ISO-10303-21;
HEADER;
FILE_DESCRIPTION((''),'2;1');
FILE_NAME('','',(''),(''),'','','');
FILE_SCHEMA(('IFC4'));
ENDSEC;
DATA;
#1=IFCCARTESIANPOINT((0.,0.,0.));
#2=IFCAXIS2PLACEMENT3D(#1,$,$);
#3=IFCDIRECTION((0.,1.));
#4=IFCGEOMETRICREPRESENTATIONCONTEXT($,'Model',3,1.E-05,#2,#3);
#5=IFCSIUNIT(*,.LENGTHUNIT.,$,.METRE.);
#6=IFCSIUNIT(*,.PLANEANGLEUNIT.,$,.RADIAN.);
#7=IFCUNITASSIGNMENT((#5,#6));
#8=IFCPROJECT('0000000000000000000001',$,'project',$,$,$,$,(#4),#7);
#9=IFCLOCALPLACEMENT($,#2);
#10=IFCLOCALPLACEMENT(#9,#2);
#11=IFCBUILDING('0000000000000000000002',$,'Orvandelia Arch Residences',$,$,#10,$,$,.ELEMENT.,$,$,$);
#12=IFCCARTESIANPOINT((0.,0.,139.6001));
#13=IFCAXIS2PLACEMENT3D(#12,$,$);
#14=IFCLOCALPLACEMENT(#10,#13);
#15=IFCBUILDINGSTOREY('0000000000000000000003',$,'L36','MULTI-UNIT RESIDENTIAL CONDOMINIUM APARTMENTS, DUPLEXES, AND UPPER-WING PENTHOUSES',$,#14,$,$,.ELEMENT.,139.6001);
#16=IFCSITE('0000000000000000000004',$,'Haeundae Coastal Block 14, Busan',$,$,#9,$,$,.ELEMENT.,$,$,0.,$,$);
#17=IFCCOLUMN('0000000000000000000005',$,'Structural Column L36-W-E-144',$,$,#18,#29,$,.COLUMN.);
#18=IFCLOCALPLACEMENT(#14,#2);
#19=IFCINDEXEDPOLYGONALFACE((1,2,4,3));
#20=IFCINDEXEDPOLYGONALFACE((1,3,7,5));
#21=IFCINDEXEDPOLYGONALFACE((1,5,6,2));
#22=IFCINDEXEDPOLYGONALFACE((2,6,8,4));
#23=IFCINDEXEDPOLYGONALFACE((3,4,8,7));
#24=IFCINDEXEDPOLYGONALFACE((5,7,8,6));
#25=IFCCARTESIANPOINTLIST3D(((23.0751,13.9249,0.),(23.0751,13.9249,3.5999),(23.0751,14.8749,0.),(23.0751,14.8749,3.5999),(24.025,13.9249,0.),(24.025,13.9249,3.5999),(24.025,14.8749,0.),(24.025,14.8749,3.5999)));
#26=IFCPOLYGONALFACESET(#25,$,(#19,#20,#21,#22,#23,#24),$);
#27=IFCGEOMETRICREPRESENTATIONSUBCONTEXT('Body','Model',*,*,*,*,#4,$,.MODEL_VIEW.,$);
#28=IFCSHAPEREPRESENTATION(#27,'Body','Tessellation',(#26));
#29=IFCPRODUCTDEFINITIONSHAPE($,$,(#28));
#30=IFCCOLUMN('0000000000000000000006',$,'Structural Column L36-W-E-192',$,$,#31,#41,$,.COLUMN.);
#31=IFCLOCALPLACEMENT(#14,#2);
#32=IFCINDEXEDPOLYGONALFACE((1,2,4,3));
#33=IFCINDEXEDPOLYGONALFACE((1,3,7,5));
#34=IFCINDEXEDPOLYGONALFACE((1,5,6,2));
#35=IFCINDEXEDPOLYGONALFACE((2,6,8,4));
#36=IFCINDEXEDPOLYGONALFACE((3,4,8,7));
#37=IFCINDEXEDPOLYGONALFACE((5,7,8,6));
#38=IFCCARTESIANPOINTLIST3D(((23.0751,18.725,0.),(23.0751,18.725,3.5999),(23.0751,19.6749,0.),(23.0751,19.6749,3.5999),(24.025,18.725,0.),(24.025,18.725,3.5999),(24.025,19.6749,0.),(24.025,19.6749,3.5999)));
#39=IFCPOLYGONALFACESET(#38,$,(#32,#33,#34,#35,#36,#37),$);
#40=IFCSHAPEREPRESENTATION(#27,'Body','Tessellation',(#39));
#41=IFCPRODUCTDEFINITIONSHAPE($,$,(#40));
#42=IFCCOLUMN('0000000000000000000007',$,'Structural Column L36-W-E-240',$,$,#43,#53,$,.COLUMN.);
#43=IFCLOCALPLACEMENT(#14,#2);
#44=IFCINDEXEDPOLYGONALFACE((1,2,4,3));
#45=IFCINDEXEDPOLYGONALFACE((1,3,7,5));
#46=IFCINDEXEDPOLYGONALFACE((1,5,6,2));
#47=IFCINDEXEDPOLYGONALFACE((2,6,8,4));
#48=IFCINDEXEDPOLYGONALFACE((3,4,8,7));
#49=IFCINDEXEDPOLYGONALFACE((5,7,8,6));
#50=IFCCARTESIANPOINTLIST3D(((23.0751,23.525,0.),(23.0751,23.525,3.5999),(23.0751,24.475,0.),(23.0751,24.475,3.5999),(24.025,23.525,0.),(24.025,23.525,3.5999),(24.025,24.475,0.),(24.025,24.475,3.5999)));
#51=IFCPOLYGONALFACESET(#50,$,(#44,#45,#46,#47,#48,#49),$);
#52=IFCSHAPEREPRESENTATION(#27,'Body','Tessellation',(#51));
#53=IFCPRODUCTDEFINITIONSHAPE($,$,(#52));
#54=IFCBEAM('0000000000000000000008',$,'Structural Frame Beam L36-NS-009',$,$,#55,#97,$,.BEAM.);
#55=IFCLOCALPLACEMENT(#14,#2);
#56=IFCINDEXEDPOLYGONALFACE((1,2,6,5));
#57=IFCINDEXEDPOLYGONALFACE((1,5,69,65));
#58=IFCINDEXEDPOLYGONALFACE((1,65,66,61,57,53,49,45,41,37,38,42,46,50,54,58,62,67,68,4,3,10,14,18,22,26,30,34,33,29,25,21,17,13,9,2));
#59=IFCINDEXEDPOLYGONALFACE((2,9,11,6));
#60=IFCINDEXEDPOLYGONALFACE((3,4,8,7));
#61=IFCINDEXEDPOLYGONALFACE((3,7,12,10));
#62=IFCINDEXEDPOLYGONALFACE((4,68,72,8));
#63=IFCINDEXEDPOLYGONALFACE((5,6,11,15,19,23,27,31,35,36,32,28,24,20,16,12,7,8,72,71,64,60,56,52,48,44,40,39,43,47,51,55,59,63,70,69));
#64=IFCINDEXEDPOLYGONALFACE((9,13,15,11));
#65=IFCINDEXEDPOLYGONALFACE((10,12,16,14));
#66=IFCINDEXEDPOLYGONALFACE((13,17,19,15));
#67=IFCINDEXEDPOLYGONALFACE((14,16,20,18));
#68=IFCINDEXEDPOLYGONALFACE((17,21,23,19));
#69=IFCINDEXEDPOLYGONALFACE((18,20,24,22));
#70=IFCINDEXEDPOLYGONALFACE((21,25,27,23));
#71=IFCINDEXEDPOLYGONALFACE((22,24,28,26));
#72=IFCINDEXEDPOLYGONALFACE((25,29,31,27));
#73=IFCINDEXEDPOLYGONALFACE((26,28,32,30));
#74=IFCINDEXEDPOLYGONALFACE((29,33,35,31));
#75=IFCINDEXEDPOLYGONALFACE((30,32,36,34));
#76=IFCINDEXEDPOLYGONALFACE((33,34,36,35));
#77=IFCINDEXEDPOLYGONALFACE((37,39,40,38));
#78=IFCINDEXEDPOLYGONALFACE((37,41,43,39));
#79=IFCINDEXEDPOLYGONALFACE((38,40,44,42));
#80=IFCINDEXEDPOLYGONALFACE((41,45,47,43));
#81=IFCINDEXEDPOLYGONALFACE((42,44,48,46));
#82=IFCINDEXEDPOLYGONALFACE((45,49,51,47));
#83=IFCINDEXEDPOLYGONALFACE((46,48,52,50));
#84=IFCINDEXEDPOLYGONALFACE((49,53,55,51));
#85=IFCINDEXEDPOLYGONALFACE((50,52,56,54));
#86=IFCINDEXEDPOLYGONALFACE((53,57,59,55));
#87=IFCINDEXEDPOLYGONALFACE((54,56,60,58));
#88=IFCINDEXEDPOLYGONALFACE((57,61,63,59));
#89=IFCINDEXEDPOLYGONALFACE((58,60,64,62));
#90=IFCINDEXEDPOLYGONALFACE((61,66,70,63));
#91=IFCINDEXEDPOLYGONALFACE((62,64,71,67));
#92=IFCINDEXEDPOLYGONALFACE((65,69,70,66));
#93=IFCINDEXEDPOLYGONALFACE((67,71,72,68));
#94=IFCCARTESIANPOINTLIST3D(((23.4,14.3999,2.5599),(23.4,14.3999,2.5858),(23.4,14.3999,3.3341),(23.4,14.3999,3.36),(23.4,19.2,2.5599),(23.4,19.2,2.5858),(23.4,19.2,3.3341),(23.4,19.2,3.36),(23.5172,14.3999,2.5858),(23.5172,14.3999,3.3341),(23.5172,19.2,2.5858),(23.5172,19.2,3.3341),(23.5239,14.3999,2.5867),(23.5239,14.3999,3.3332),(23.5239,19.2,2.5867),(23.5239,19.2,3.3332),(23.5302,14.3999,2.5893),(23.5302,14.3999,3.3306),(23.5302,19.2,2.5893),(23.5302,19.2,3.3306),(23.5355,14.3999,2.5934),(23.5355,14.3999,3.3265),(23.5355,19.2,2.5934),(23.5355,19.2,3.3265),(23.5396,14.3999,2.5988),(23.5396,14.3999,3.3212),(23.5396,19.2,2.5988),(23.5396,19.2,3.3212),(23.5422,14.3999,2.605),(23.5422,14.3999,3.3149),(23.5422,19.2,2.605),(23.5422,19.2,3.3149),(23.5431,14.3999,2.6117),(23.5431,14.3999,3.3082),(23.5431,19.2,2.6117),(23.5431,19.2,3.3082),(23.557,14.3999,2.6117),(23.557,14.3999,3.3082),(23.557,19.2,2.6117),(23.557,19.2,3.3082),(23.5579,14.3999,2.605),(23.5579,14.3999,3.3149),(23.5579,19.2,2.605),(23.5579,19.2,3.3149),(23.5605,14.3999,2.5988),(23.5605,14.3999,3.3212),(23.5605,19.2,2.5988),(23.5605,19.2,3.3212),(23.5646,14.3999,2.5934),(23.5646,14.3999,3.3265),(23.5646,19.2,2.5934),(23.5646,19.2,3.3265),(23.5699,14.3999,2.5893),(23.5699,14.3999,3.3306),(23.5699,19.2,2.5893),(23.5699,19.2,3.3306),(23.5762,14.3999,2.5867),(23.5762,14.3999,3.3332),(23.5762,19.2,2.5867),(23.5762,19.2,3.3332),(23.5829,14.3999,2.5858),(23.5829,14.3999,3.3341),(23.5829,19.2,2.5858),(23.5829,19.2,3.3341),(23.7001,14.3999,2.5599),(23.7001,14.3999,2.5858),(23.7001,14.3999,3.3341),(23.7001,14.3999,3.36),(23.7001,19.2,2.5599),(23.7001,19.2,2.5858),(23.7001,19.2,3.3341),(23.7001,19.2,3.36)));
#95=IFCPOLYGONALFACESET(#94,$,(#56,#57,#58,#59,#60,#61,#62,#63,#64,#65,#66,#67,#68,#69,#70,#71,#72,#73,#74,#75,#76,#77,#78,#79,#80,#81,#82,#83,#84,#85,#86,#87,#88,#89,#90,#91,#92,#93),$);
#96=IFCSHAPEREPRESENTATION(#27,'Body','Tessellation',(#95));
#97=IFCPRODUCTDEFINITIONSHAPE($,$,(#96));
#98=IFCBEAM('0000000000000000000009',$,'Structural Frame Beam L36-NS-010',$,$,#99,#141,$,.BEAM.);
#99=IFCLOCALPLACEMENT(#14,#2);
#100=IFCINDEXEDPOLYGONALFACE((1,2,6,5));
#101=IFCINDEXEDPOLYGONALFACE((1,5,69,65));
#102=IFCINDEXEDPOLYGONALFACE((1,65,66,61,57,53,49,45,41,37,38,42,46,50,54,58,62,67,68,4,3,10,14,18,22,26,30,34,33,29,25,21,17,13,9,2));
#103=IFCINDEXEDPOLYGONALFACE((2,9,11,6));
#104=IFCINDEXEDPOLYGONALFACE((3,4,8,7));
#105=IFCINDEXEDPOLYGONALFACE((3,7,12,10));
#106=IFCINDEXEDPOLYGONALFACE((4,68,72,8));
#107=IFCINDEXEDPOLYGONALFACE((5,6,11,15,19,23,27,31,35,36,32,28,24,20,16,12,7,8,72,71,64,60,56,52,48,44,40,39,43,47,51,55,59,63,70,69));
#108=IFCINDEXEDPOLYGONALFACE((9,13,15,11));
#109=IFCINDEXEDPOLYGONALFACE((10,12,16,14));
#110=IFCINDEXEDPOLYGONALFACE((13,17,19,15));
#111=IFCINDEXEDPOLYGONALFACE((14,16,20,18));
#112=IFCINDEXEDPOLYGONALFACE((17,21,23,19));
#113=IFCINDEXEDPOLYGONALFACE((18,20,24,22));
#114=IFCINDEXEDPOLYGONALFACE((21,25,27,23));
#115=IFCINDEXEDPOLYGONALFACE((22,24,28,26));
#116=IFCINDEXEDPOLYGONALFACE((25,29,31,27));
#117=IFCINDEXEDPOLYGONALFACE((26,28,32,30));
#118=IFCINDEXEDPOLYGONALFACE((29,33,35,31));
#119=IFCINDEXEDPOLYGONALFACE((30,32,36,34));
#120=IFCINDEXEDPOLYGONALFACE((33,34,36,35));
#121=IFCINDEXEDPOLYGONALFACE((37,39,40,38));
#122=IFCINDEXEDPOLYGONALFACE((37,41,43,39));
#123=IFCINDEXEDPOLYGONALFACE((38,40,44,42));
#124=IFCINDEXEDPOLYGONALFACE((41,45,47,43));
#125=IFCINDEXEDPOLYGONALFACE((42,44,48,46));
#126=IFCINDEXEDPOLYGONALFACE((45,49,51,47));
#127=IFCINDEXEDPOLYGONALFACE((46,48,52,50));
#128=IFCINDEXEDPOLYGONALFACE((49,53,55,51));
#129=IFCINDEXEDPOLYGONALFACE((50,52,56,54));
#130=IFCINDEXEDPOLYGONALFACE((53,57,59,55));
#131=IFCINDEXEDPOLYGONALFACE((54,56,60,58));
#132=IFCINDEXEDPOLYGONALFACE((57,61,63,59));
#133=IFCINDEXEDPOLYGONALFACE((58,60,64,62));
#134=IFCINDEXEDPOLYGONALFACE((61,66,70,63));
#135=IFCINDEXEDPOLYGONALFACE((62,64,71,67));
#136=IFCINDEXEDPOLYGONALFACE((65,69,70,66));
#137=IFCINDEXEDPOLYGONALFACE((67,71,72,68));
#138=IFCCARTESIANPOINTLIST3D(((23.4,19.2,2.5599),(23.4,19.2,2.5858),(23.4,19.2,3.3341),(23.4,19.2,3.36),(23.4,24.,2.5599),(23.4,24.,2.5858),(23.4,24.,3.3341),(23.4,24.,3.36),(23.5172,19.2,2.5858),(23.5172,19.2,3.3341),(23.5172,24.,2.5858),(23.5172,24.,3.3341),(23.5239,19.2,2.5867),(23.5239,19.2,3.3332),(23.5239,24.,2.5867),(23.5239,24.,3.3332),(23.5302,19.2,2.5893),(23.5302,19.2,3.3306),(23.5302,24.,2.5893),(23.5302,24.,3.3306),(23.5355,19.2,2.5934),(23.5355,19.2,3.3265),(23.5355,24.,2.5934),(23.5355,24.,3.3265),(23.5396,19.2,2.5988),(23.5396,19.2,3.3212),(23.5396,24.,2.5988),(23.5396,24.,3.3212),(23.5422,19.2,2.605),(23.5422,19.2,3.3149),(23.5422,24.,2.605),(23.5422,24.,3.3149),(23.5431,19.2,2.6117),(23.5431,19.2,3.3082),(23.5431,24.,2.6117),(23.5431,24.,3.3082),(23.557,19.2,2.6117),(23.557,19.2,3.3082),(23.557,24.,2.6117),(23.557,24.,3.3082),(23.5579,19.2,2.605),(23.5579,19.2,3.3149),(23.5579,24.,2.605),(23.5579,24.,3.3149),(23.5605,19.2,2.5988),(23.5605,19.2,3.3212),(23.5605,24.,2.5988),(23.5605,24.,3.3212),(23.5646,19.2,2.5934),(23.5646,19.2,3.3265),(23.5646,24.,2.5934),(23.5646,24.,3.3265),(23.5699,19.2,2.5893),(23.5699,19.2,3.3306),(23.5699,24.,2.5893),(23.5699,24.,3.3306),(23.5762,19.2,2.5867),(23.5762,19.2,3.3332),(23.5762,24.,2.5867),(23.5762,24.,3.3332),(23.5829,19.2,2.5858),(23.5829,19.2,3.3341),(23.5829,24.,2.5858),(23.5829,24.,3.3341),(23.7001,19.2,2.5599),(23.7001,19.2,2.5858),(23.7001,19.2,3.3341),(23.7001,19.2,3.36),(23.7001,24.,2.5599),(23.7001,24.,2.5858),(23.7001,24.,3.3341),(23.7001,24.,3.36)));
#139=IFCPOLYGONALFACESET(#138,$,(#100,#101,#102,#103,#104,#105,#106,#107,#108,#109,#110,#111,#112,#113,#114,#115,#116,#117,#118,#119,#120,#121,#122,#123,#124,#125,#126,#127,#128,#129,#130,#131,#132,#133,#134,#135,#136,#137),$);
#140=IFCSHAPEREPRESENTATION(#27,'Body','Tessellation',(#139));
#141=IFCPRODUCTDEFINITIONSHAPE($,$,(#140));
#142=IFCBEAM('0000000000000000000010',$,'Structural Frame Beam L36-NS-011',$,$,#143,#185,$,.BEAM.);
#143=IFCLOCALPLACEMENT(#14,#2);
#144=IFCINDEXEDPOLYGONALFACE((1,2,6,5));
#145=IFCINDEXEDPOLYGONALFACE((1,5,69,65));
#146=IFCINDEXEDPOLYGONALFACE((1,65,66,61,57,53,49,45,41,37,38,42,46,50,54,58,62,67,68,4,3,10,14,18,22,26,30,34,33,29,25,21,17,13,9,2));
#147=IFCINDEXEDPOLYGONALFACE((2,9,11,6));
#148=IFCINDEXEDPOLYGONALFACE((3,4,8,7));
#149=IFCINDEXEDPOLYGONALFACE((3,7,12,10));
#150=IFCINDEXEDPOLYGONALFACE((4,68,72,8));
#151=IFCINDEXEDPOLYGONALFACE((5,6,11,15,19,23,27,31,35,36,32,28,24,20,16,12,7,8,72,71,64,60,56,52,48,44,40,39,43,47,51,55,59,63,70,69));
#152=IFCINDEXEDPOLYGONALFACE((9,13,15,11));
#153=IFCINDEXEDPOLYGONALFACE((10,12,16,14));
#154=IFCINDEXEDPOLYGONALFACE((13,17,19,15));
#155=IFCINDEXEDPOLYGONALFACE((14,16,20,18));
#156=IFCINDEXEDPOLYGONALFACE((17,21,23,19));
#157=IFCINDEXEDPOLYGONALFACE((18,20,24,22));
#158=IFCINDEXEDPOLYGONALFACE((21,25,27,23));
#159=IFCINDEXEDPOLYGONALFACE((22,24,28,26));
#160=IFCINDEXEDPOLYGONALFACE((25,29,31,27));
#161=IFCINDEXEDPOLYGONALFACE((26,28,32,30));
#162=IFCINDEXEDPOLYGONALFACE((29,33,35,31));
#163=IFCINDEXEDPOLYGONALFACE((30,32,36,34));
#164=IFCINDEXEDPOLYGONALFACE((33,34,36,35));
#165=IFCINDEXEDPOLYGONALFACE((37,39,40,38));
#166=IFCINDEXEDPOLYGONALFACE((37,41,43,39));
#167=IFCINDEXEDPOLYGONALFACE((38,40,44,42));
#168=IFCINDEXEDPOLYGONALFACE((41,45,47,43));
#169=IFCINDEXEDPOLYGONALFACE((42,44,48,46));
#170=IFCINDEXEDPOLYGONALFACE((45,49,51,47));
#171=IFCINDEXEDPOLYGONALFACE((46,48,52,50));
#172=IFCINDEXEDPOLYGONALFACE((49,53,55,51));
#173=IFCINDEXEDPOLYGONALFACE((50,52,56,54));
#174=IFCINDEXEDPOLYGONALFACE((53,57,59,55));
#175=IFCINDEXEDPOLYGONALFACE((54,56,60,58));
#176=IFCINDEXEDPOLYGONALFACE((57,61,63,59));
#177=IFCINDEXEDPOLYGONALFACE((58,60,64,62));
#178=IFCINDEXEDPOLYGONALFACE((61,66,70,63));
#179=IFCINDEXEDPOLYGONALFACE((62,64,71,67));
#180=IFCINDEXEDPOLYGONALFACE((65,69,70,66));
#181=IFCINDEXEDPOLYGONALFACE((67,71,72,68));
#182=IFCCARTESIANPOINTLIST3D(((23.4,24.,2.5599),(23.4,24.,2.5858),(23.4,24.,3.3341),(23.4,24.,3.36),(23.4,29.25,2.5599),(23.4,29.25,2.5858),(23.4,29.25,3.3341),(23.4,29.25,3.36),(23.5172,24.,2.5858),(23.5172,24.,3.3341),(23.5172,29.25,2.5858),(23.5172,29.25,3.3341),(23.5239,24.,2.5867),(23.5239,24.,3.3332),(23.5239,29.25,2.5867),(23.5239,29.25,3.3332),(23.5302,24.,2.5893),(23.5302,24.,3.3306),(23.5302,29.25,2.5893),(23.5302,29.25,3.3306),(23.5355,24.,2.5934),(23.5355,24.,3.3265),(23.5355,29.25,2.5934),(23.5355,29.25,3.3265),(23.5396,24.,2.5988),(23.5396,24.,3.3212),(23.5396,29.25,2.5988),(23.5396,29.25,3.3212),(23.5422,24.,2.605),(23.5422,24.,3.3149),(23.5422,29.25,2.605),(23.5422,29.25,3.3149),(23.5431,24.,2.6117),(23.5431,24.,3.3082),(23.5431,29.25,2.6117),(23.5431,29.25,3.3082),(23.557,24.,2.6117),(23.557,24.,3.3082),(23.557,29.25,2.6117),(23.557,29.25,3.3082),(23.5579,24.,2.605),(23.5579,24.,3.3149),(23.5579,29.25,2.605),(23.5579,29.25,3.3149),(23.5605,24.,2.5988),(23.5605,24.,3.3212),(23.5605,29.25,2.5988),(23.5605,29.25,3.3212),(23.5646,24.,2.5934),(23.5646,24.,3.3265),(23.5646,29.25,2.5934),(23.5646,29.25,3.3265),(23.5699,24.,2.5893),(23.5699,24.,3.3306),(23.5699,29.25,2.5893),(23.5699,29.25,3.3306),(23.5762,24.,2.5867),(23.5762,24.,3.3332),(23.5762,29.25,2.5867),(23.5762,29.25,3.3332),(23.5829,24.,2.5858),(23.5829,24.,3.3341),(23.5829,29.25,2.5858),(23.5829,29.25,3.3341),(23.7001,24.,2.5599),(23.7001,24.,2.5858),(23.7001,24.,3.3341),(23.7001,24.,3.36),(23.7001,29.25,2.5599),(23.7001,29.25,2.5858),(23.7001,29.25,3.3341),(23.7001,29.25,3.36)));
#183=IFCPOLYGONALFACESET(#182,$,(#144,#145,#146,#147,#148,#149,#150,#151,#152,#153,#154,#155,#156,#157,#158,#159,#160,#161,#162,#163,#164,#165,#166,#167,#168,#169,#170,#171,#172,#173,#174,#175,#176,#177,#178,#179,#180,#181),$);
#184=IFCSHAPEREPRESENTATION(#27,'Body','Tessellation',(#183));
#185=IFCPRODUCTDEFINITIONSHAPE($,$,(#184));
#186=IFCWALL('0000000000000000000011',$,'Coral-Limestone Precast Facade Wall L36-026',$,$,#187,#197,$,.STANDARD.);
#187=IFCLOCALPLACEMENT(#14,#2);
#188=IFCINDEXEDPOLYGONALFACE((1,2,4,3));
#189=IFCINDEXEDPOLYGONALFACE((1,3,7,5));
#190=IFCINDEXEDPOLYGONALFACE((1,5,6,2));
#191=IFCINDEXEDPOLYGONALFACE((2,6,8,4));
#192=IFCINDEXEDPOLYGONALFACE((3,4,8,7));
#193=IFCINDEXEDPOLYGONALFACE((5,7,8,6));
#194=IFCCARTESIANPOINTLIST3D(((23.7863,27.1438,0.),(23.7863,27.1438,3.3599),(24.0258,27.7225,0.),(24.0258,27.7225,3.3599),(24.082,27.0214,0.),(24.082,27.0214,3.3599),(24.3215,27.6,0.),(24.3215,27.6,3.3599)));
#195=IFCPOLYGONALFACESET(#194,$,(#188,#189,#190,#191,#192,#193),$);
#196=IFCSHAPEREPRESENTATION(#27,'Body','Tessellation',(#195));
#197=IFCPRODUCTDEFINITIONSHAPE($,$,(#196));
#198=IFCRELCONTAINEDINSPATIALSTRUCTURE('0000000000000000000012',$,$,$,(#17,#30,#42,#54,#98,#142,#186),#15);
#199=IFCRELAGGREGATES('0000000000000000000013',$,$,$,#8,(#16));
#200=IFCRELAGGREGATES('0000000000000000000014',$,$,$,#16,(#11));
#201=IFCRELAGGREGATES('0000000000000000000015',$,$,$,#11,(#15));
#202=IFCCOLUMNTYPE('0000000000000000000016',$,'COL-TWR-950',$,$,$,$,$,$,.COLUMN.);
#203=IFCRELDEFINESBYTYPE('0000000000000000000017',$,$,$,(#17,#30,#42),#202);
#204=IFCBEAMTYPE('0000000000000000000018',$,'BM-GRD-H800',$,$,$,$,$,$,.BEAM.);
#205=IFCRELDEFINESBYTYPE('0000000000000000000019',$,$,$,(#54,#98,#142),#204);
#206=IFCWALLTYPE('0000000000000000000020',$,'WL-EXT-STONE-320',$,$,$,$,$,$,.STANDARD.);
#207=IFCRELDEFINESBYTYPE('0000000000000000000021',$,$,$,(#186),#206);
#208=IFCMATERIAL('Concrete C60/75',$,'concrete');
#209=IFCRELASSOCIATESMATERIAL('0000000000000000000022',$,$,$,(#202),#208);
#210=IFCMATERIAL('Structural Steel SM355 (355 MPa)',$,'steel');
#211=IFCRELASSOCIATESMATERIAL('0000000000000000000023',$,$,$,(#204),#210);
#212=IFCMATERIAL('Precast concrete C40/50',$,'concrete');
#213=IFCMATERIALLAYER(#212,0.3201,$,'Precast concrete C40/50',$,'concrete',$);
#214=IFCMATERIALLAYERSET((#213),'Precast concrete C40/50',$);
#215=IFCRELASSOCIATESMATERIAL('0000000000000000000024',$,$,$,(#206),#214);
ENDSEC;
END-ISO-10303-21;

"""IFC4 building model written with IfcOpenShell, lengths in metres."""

from ifc_helpers import new_model, si_unit, direction, frame, frame_2d, origin, origin_2d, place, context, subcontext, project, spatial, rectangle, i_section, extrude, material, layer, layer_set, material_profile, profile_set, type_object, element, save


model = new_model("IFC4")

# Units and contexts
model_context = context("Model", 3, precision=1e-05, world=origin(), true_north=direction((0.0, 1.0)))
body_context = subcontext(model_context, "Body", "Model", "MODEL_VIEW")
ifc_project = project(units=[si_unit("LENGTHUNIT", "METRE"), si_unit("PLANEANGLEUNIT", "RADIAN")], contexts=[model_context])

# Site, building, storey
site_placement = place(None, origin())
site = spatial("IfcSite", under=ifc_project, at=site_placement, Name="Haeundae Coastal Block 14, Busan", CompositionType="ELEMENT", RefElevation=0.0)
building_placement = place(site_placement, origin())
building = spatial("IfcBuilding", under=site, at=building_placement, Name="Orvandelia Arch Residences", CompositionType="ELEMENT")
storey_placement = place(building_placement, frame((0.0, 0.0, 139.6001)))
storey = spatial("IfcBuildingStorey", under=building, at=storey_placement, Name="L36", Description="MULTI-UNIT RESIDENTIAL CONDOMINIUM APARTMENTS, DUPLEXES, AND UPPER-WING PENTHOUSES", CompositionType="ELEMENT", Elevation=139.6001)

# Columns
ifc_material_1 = material(Name="Concrete C60/75", Category="concrete")
ifc_material_profile_1 = material_profile(ifc_material_1, rectangle(XDim=0.95, YDim=0.95, at=origin_2d()), Name="Concrete C60/75", Category="concrete")
ifc_profile_set_1 = profile_set([ifc_material_profile_1], Name="Concrete C60/75")
column_type = type_object("IfcColumnType", Name="COL-TWR-950", PredefinedType="COLUMN", material=ifc_profile_set_1)
for number, where, z_axis, x_axis, name in (
    (1, (23.55, 14.3999, 0.0), (0.0, 0.0, 1.0), (1.0, 0.0, 0.0), "Structural Column L36-W-E-144"),
    (2, (23.55, 19.2, 0.0), (0.0, 0.0, 1.0), (1.0, 0.0, 0.0), "Structural Column L36-W-E-192"),
    (3, (23.55, 24.0, 0.0), (0.0, 0.0, 1.0), (1.0, 0.0, 0.0), "Structural Column L36-W-E-240"),
):
    element("IfcColumn", number, at=place(storey_placement, frame(where, z_axis=z_axis, x_axis=x_axis)), inside=storey, type_object=column_type, Name=name, PredefinedType="COLUMN", context=body_context, shape_type="SweptSolid", body=[
        extrude(rectangle(XDim=0.95, YDim=0.95, at=origin_2d()), origin(), (0.0, 0.0, 1.0), 3.5999),
    ])

# Beams
ifc_material_2 = material(Name="Structural Steel SM355 (355 MPa)", Category="steel")
ifc_material_profile_2 = material_profile(ifc_material_2, i_section(OverallWidth=0.3, OverallDepth=0.8, WebThickness=0.0139, FlangeThickness=0.0259, FilletRadius=0.0259, at=origin_2d()), Name="Structural Steel SM355 (355 MPa)", Category="steel")
ifc_profile_set_2 = profile_set([ifc_material_profile_2], Name="Structural Steel SM355 (355 MPa)")
beam_type = type_object("IfcBeamType", Name="BM-GRD-H800", PredefinedType="BEAM", material=ifc_profile_set_2)
for number, where, z_axis, x_axis, name in (
    (4, (23.55, 14.3999, 2.96), (0.0, 1.0, 0.0), (-1.0, 0.0, 0.0), "Structural Frame Beam L36-NS-009"),
    (5, (23.55, 19.2, 2.96), (0.0, 1.0, 0.0), (-1.0, 0.0, 0.0), "Structural Frame Beam L36-NS-010"),
):
    element("IfcBeam", number, at=place(storey_placement, frame(where, z_axis=z_axis, x_axis=x_axis)), inside=storey, type_object=beam_type, Name=name, PredefinedType="BEAM", context=body_context, shape_type="SweptSolid", body=[
        extrude(i_section(OverallWidth=0.3, OverallDepth=0.8, WebThickness=0.0139, FlangeThickness=0.0259, FilletRadius=0.0259, at=origin_2d()), origin(), (0.0, 0.0, 1.0), 4.8),
    ])
beam_placement = place(storey_placement, frame((23.55, 24.0, 2.96), z_axis=(0.0, 1.0, 0.0), x_axis=(-1.0, 0.0, 0.0)))
element("IfcBeam", 6, at=beam_placement, inside=storey, type_object=beam_type, Name="Structural Frame Beam L36-NS-011", PredefinedType="BEAM", context=body_context, shape_type="SweptSolid", body=[
    extrude(i_section(OverallWidth=0.3, OverallDepth=0.8, WebThickness=0.0139, FlangeThickness=0.0259, FilletRadius=0.0259, at=origin_2d()), origin(), (0.0, 0.0, 1.0), 5.25),
])

# Wall
ifc_material_3 = material(Name="Precast concrete C40/50", Category="concrete")
ifc_layer = layer(ifc_material_3, 0.3201, Name="Precast concrete C40/50", Category="concrete")
ifc_layer_set = layer_set([ifc_layer], Name="Precast concrete C40/50")
wall_type = type_object("IfcWallType", Name="WL-EXT-STONE-320", PredefinedType="STANDARD", material=ifc_layer_set)
wall_1_placement = place(storey_placement, frame((24.1736, 27.6611, 0.0), z_axis=(0.0, 0.0, 1.0), x_axis=(-0.382455, -0.923974, 0.0)))
element("IfcWall", 7, at=wall_1_placement, inside=storey, type_object=wall_type, Name="Coral-Limestone Precast Facade Wall L36-026", PredefinedType="STANDARD", context=body_context, shape_type="SweptSolid", body=[
    extrude(rectangle(XDim=0.6262, YDim=0.3201, at=frame_2d((0.313, 0.0))), origin(), (0.0, 0.0, 1.0), 3.3599),
])

save(model, "model.ifc")
